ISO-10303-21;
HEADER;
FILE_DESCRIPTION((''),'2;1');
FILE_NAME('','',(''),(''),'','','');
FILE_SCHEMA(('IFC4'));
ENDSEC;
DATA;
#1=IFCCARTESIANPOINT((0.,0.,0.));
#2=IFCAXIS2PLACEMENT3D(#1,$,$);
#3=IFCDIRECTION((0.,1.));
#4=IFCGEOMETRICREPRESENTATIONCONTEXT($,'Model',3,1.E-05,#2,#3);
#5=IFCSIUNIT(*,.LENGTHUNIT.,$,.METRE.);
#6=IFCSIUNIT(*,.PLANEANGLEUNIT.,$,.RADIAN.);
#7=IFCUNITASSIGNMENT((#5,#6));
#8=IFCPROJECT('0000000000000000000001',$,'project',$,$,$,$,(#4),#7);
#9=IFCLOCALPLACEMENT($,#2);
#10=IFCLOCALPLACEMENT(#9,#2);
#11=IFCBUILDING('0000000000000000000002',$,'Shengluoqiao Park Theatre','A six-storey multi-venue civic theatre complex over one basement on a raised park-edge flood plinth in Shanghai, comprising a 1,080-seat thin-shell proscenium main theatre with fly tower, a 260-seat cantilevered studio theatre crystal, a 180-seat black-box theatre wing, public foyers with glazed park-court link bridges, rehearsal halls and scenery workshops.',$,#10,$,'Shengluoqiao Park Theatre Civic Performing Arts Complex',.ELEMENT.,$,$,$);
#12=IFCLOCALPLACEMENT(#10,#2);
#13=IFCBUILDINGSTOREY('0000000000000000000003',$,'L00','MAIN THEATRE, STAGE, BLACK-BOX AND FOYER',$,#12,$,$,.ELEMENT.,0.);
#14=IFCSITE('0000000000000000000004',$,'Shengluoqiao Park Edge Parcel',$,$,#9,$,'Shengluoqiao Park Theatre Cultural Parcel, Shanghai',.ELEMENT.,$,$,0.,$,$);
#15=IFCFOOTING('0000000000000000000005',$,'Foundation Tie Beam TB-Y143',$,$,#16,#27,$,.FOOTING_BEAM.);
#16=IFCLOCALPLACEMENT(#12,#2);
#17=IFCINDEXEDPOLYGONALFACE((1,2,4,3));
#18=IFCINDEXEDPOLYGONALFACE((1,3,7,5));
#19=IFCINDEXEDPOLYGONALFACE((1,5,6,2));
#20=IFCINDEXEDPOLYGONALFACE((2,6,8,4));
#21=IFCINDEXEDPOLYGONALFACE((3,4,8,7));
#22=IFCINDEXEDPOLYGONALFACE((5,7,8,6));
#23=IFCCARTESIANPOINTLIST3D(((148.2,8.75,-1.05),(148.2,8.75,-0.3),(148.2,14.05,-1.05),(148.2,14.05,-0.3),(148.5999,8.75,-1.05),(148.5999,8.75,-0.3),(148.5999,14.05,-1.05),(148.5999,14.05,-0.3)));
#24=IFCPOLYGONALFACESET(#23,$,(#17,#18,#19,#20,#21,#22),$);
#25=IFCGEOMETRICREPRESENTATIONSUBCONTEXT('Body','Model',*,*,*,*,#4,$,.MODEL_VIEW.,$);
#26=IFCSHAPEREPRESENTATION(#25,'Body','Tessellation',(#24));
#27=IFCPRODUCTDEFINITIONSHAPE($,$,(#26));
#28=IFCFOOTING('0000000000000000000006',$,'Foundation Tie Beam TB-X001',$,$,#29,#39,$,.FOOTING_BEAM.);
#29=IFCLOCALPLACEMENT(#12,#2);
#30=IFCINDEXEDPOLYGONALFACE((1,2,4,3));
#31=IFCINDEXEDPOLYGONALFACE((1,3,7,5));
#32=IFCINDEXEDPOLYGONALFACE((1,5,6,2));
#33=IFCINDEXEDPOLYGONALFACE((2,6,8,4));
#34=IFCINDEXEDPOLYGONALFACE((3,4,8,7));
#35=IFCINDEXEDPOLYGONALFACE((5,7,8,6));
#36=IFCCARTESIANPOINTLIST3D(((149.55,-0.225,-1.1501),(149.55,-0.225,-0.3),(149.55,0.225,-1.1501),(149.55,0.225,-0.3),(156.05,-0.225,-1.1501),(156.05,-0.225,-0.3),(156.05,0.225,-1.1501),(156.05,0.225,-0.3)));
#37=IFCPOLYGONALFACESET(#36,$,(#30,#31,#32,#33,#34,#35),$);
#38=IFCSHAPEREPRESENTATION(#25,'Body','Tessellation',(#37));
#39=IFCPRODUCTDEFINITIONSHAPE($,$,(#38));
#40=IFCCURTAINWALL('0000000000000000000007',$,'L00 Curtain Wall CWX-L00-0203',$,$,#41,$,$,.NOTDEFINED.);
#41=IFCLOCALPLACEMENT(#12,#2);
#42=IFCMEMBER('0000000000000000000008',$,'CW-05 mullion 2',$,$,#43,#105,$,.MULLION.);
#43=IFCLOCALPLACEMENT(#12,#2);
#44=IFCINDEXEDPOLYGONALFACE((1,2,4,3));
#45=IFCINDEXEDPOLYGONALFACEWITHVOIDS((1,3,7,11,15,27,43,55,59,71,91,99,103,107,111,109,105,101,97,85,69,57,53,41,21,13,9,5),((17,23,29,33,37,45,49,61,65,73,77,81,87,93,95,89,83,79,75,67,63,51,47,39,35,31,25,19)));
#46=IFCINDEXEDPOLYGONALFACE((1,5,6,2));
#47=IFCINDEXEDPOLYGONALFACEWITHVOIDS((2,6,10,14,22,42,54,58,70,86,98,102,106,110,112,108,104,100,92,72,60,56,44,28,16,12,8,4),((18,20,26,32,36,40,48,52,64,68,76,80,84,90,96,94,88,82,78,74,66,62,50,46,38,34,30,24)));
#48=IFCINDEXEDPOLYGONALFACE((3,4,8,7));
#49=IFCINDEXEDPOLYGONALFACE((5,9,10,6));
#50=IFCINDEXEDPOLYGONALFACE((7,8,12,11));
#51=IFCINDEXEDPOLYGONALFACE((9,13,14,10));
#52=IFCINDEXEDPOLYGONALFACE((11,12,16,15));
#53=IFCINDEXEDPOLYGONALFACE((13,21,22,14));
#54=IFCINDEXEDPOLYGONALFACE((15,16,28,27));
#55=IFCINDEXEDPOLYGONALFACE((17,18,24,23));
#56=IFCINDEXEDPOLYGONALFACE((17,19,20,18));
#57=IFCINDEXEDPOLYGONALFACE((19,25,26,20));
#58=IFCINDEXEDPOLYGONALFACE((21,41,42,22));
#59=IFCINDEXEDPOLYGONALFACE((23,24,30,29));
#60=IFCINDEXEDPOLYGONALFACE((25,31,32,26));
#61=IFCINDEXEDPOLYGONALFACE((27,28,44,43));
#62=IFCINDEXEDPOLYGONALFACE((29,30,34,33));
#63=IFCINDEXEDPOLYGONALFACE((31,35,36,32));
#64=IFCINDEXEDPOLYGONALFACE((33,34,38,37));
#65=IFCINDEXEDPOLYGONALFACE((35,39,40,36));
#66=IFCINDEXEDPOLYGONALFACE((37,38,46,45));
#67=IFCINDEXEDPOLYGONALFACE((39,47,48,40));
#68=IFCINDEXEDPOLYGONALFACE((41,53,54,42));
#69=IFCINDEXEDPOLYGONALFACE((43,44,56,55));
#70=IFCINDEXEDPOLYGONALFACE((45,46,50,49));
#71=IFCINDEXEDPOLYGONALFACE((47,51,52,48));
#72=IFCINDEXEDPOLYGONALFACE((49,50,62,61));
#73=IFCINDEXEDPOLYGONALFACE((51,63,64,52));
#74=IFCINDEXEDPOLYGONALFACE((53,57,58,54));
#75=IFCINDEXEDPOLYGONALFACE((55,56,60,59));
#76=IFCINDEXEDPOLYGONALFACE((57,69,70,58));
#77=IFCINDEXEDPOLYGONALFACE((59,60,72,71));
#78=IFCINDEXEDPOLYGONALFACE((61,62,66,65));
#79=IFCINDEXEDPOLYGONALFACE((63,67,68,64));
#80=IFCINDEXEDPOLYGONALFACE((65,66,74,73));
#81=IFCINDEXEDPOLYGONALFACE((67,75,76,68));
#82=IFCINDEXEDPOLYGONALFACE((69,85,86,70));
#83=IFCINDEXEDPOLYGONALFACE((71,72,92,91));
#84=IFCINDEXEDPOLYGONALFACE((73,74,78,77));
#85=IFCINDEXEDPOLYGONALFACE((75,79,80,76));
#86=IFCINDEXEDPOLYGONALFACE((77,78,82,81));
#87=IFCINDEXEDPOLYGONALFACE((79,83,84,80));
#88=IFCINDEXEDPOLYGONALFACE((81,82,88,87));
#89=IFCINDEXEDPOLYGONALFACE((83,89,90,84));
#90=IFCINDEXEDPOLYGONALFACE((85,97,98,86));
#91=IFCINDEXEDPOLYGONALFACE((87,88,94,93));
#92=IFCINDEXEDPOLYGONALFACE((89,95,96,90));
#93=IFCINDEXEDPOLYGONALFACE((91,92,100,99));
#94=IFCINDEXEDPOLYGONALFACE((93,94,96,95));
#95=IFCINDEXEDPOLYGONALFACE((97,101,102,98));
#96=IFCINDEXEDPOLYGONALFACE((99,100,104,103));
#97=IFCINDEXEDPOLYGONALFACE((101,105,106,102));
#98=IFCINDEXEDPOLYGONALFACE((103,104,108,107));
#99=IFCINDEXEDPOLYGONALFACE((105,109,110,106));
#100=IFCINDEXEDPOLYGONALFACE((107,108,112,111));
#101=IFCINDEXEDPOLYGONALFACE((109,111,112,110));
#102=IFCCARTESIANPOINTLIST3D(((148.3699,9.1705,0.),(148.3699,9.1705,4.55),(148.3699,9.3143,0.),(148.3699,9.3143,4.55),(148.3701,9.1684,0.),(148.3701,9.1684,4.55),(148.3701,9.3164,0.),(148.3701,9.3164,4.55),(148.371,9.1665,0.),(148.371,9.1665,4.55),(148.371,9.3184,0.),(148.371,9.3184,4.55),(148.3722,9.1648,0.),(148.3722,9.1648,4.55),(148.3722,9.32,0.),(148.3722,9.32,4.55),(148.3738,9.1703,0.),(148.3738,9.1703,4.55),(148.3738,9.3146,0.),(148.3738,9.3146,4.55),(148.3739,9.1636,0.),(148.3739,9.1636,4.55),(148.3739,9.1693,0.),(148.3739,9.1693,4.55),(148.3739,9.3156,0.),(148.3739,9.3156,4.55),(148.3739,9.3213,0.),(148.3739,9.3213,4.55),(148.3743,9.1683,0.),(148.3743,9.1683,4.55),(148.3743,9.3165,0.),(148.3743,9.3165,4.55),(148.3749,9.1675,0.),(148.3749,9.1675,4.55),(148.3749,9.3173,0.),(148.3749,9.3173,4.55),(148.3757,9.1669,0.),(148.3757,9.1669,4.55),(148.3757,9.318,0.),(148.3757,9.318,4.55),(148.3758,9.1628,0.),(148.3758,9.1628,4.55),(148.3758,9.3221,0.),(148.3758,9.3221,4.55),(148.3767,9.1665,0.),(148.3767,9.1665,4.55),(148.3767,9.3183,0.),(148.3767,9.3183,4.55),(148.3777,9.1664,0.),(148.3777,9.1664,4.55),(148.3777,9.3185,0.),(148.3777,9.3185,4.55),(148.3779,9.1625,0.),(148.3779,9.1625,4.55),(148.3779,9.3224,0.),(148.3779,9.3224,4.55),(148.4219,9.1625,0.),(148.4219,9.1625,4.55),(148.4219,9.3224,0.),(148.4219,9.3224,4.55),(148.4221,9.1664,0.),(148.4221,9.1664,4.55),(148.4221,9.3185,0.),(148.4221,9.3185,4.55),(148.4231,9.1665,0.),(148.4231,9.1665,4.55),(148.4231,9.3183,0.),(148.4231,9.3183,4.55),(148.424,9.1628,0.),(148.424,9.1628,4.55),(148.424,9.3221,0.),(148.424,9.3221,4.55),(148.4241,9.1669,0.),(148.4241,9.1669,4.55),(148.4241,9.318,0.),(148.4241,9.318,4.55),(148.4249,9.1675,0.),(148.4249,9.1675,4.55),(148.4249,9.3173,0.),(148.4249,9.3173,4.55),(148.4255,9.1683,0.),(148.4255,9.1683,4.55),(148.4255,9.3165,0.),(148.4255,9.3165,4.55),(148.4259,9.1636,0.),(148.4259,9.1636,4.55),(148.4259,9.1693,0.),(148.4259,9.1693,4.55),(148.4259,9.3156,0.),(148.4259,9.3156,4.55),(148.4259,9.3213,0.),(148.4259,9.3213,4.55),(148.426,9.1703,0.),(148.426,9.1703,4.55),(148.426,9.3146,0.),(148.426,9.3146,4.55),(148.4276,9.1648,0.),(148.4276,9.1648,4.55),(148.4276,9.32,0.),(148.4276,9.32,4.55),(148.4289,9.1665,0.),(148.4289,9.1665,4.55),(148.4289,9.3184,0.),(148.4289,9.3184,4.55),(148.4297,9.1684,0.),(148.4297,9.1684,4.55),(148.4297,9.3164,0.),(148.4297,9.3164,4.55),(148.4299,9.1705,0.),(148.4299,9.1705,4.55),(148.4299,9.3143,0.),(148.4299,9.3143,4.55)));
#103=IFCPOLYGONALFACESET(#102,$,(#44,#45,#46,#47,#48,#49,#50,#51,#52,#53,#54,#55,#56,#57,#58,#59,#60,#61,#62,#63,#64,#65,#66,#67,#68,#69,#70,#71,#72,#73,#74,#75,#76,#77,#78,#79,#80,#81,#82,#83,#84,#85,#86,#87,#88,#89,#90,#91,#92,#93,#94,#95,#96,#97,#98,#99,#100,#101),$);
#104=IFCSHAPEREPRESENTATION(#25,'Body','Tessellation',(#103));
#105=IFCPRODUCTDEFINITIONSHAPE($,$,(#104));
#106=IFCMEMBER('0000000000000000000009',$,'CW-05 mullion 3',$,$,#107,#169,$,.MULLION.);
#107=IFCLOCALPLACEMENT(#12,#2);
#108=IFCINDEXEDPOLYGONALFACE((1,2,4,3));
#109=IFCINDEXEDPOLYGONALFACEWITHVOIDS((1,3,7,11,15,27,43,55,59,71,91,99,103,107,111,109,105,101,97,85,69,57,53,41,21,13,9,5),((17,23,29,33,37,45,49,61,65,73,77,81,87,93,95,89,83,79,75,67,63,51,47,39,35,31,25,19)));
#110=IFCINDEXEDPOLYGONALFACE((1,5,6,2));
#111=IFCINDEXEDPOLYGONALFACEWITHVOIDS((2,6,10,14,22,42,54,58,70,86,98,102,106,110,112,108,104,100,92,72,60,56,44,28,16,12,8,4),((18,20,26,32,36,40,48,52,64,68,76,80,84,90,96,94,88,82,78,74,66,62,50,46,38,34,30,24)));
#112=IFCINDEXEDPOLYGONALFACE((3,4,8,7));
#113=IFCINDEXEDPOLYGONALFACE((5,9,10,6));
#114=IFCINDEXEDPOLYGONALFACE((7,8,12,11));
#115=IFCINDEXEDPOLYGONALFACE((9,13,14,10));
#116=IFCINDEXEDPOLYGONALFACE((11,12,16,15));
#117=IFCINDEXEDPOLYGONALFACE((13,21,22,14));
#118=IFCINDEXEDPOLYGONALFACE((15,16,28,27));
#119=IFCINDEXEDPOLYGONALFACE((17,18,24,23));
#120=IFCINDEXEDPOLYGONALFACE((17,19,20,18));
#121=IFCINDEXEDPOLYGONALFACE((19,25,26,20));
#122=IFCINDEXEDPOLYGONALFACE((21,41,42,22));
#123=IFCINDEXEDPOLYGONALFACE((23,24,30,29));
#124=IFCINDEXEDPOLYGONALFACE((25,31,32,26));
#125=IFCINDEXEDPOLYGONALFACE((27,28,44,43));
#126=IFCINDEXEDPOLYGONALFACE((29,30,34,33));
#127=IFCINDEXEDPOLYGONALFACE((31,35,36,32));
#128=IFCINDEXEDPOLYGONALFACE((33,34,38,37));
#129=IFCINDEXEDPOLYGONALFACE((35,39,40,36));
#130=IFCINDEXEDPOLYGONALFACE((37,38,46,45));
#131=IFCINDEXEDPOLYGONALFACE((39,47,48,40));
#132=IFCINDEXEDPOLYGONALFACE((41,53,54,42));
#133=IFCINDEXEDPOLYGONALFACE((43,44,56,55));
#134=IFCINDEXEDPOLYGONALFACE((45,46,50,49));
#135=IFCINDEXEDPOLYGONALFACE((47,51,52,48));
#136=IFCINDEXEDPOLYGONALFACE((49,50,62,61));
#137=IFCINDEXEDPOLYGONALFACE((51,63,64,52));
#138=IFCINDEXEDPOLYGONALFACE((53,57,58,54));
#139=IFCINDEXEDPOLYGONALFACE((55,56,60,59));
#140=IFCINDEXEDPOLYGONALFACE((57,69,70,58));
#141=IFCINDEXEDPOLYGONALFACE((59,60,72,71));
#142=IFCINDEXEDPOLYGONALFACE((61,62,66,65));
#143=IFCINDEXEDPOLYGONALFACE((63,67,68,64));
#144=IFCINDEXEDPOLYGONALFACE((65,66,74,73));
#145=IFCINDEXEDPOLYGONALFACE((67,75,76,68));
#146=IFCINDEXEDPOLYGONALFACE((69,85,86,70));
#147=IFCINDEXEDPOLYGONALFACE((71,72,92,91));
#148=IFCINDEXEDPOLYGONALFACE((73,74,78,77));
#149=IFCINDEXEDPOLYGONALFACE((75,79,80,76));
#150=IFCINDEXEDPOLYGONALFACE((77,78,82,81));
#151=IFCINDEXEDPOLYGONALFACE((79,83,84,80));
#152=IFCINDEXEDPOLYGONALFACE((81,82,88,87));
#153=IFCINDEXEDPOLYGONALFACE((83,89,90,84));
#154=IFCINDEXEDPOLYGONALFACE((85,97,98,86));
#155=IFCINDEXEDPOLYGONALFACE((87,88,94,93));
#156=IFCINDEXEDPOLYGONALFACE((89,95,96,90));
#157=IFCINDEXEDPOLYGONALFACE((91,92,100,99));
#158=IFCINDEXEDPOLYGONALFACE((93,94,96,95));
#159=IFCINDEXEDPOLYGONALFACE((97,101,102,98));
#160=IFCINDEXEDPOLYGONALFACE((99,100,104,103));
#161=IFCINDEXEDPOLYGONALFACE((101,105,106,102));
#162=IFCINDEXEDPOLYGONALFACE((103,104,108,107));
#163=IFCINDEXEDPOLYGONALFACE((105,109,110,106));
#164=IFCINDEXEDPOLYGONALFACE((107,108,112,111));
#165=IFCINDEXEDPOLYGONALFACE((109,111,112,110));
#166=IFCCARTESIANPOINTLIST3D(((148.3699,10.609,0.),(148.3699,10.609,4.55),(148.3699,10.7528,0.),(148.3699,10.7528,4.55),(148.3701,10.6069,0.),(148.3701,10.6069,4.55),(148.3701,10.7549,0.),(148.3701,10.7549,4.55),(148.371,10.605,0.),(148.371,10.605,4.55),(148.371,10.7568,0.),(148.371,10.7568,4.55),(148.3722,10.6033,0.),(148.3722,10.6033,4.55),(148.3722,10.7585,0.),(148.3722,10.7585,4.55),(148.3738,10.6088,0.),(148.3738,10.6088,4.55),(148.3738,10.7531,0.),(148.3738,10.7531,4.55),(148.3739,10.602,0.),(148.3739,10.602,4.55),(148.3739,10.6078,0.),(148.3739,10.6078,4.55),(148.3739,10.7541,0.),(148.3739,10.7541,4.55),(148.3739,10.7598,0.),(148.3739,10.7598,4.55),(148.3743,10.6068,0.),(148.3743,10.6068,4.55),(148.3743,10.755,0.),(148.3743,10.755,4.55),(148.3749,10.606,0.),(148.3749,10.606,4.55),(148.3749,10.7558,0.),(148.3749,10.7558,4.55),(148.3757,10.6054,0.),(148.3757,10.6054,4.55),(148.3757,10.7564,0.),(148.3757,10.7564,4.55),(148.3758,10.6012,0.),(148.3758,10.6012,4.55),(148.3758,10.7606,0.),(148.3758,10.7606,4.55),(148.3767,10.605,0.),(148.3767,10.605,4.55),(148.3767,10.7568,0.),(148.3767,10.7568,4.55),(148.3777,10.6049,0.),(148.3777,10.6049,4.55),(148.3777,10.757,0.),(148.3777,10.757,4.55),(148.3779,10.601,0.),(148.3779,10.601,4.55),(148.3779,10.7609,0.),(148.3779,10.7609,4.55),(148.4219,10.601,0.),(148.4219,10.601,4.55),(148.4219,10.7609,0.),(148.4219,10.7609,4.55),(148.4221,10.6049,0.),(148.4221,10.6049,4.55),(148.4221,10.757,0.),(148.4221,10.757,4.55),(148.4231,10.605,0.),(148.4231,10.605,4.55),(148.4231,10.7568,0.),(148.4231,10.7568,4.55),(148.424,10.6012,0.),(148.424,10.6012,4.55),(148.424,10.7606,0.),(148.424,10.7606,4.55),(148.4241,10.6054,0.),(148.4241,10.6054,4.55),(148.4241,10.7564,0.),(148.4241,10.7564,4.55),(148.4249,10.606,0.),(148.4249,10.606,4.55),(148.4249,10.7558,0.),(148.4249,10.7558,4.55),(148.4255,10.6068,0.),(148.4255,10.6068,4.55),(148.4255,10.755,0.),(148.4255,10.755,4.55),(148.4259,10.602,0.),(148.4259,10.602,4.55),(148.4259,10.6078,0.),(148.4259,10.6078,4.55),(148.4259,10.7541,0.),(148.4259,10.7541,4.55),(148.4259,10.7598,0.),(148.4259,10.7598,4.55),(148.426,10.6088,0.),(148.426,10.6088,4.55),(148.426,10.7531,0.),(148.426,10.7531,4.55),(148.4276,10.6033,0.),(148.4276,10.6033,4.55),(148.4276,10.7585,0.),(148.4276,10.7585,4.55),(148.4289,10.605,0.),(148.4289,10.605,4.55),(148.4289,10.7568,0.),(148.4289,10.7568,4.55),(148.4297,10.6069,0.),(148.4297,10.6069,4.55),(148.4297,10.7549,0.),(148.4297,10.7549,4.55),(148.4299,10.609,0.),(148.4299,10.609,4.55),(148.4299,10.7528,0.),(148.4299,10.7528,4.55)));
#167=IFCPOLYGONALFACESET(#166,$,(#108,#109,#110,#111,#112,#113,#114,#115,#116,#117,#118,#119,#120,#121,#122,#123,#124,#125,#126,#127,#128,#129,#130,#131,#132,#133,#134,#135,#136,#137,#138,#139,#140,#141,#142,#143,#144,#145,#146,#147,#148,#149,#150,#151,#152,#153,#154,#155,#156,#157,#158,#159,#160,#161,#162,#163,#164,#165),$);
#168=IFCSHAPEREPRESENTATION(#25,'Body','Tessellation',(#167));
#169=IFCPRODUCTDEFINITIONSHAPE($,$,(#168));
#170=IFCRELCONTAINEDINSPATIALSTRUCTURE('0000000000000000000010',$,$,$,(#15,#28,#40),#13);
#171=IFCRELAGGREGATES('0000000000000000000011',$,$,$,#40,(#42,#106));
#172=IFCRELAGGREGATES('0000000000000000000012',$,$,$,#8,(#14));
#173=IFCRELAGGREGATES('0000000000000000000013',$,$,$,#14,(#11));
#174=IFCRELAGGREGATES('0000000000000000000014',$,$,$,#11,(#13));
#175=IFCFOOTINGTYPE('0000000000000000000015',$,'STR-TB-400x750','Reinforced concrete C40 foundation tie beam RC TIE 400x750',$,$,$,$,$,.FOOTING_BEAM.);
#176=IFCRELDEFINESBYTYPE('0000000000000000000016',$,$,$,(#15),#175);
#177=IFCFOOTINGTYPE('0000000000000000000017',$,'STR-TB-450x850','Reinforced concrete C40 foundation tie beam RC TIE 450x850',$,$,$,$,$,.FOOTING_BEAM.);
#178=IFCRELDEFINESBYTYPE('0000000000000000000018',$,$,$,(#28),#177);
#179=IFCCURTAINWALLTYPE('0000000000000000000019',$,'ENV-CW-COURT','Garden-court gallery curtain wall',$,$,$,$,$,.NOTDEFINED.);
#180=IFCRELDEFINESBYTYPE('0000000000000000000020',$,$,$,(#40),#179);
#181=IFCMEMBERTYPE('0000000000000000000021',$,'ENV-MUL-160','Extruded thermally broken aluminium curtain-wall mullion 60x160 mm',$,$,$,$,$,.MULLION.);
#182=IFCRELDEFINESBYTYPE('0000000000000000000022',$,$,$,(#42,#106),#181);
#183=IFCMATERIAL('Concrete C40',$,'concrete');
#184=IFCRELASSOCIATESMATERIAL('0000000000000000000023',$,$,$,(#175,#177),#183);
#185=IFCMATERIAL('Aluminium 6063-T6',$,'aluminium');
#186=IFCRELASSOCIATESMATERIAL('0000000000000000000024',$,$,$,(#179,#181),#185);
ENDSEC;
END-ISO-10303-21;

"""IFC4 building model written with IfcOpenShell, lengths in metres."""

from ifc_helpers import new_model, si_unit, direction, frame, origin, origin_2d, place, context, subcontext, project, spatial, rectangle, hollow_rectangle, extrude, material, material_profile, profile_set, type_object, element, aggregate, save


model = new_model("IFC4")

# Units and contexts
model_context = context("Model", 3, precision=1e-05, world=origin(), true_north=direction((0.0, 1.0)))
body_context = subcontext(model_context, "Body", "Model", "MODEL_VIEW")
ifc_project = project(units=[si_unit("LENGTHUNIT", "METRE"), si_unit("PLANEANGLEUNIT", "RADIAN")], contexts=[model_context])

# Site, building, storey
site_placement = place(None, origin())
site = spatial("IfcSite", under=ifc_project, at=site_placement, Name="Shengluoqiao Park Edge Parcel", LongName="Shengluoqiao Park Theatre Cultural Parcel, Shanghai", CompositionType="ELEMENT", RefElevation=0.0)
building_placement = place(site_placement, origin())
building = spatial("IfcBuilding", under=site, at=building_placement, Name="Shengluoqiao Park Theatre", Description="A six-storey multi-venue civic theatre complex over one basement on a raised park-edge flood plinth in Shanghai, comprising a 1,080-seat thin-shell proscenium main theatre with fly tower, a 260-seat cantilevered studio theatre crystal, a 180-seat black-box theatre wing, public foyers with glazed park-court link bridges, rehearsal halls and scenery workshops.", LongName="Shengluoqiao Park Theatre Civic Performing Arts Complex", CompositionType="ELEMENT")
storey_placement = place(building_placement, origin())
storey = spatial("IfcBuildingStorey", under=building, at=storey_placement, Name="L00", Description="MAIN THEATRE, STAGE, BLACK-BOX AND FOYER", CompositionType="ELEMENT", Elevation=0.0)

# Footings
ifc_material_1 = material(Name="Concrete C40", Category="concrete")
ifc_material_profile_1 = material_profile(ifc_material_1, rectangle(XDim=0.3999, YDim=0.75, at=origin_2d()), Name="RC TIE 400x750")
ifc_profile_set_1 = profile_set([ifc_material_profile_1], Name="Concrete C40")
footing_type_1 = type_object("IfcFootingType", Name="STR-TB-400x750", Description="Reinforced concrete C40 foundation tie beam RC TIE 400x750", PredefinedType="FOOTING_BEAM", material=ifc_profile_set_1)
footing_1_placement = place(storey_placement, frame((148.3999, 8.75, -0.675), z_axis=(0.0, 1.0, 0.0), x_axis=(-1.0, 0.0, 0.0)))
element("IfcFooting", 1, at=footing_1_placement, inside=storey, type_object=footing_type_1, Name="Foundation Tie Beam TB-Y143", PredefinedType="FOOTING_BEAM", context=body_context, shape_type="SweptSolid", body=[
    extrude(rectangle(XDim=0.3999, YDim=0.75, at=origin_2d()), origin(), (0.0, 0.0, 1.0), 5.3),
])
ifc_material_profile_2 = material_profile(ifc_material_1, rectangle(XDim=0.45, YDim=0.8501, at=origin_2d()), Name="RC TIE 450x850")
ifc_profile_set_2 = profile_set([ifc_material_profile_2], Name="Concrete C40")
footing_type_2 = type_object("IfcFootingType", Name="STR-TB-450x850", Description="Reinforced concrete C40 foundation tie beam RC TIE 450x850", PredefinedType="FOOTING_BEAM", material=ifc_profile_set_2)
footing_2_placement = place(storey_placement, frame((149.55, 0.0, -0.7251), z_axis=(1.0, 0.0, 0.0), x_axis=(0.0, 1.0, 0.0)))
element("IfcFooting", 2, at=footing_2_placement, inside=storey, type_object=footing_type_2, Name="Foundation Tie Beam TB-X001", PredefinedType="FOOTING_BEAM", context=body_context, shape_type="SweptSolid", body=[
    extrude(rectangle(XDim=0.45, YDim=0.8501, at=origin_2d()), origin(), (0.0, 0.0, 1.0), 6.5),
])

# Curtain wall, members
ifc_material_2 = material(Name="Aluminium 6063-T6", Category="aluminium")
curtain_wall_type = type_object("IfcCurtainWallType", Name="ENV-CW-COURT", Description="Garden-court gallery curtain wall", PredefinedType="NOTDEFINED", material=ifc_material_2)
curtain_wall_placement = place(storey_placement, origin())
curtain_wall = element("IfcCurtainWall", 3, at=curtain_wall_placement, inside=storey, type_object=curtain_wall_type, Name="L00 Curtain Wall CWX-L00-0203", PredefinedType="NOTDEFINED")
ifc_material_profile_3 = material_profile(ifc_material_2, hollow_rectangle(XDim=0.0601, YDim=0.1599, WallThickness=0.0039, InnerFilletRadius=0.0039, OuterFilletRadius=0.0081, at=origin_2d()), Name="ALU MULLION 160x60x4")
ifc_profile_set_3 = profile_set([ifc_material_profile_3], Name="Aluminium 6063-T6")
member_type_1 = type_object("IfcMemberType", Name="ENV-MUL-160", Description="Extruded thermally broken aluminium curtain-wall mullion 60x160 mm", PredefinedType="MULLION", material=ifc_profile_set_3)
member_1_placement = place(storey_placement, frame((148.3999, 9.2424, 0.0), z_axis=(0.0, 0.0, 1.0), x_axis=(-1.0, 0.0, 0.0)))
member_1 = element("IfcMember", 4, at=member_1_placement, type_object=member_type_1, Name="CW-05 mullion 2", PredefinedType="MULLION", context=body_context, shape_type="SweptSolid", body=[
    extrude(hollow_rectangle(XDim=0.0601, YDim=0.1599, WallThickness=0.0039, InnerFilletRadius=0.0039, OuterFilletRadius=0.0081, at=origin_2d()), origin(), (0.0, 0.0, 1.0), 4.55),
])
member_2_placement = place(storey_placement, frame((148.3999, 10.6809, 0.0), z_axis=(0.0, 0.0, 1.0), x_axis=(-1.0, 0.0, 0.0)))
member_2 = element("IfcMember", 5, at=member_2_placement, type_object=member_type_1, Name="CW-05 mullion 3", PredefinedType="MULLION", context=body_context, shape_type="SweptSolid", body=[
    extrude(hollow_rectangle(XDim=0.0601, YDim=0.1599, WallThickness=0.0039, InnerFilletRadius=0.0039, OuterFilletRadius=0.0081, at=origin_2d()), origin(), (0.0, 0.0, 1.0), 4.55),
])
aggregate(curtain_wall, [member_1, member_2])

save(model, "model.ifc")
